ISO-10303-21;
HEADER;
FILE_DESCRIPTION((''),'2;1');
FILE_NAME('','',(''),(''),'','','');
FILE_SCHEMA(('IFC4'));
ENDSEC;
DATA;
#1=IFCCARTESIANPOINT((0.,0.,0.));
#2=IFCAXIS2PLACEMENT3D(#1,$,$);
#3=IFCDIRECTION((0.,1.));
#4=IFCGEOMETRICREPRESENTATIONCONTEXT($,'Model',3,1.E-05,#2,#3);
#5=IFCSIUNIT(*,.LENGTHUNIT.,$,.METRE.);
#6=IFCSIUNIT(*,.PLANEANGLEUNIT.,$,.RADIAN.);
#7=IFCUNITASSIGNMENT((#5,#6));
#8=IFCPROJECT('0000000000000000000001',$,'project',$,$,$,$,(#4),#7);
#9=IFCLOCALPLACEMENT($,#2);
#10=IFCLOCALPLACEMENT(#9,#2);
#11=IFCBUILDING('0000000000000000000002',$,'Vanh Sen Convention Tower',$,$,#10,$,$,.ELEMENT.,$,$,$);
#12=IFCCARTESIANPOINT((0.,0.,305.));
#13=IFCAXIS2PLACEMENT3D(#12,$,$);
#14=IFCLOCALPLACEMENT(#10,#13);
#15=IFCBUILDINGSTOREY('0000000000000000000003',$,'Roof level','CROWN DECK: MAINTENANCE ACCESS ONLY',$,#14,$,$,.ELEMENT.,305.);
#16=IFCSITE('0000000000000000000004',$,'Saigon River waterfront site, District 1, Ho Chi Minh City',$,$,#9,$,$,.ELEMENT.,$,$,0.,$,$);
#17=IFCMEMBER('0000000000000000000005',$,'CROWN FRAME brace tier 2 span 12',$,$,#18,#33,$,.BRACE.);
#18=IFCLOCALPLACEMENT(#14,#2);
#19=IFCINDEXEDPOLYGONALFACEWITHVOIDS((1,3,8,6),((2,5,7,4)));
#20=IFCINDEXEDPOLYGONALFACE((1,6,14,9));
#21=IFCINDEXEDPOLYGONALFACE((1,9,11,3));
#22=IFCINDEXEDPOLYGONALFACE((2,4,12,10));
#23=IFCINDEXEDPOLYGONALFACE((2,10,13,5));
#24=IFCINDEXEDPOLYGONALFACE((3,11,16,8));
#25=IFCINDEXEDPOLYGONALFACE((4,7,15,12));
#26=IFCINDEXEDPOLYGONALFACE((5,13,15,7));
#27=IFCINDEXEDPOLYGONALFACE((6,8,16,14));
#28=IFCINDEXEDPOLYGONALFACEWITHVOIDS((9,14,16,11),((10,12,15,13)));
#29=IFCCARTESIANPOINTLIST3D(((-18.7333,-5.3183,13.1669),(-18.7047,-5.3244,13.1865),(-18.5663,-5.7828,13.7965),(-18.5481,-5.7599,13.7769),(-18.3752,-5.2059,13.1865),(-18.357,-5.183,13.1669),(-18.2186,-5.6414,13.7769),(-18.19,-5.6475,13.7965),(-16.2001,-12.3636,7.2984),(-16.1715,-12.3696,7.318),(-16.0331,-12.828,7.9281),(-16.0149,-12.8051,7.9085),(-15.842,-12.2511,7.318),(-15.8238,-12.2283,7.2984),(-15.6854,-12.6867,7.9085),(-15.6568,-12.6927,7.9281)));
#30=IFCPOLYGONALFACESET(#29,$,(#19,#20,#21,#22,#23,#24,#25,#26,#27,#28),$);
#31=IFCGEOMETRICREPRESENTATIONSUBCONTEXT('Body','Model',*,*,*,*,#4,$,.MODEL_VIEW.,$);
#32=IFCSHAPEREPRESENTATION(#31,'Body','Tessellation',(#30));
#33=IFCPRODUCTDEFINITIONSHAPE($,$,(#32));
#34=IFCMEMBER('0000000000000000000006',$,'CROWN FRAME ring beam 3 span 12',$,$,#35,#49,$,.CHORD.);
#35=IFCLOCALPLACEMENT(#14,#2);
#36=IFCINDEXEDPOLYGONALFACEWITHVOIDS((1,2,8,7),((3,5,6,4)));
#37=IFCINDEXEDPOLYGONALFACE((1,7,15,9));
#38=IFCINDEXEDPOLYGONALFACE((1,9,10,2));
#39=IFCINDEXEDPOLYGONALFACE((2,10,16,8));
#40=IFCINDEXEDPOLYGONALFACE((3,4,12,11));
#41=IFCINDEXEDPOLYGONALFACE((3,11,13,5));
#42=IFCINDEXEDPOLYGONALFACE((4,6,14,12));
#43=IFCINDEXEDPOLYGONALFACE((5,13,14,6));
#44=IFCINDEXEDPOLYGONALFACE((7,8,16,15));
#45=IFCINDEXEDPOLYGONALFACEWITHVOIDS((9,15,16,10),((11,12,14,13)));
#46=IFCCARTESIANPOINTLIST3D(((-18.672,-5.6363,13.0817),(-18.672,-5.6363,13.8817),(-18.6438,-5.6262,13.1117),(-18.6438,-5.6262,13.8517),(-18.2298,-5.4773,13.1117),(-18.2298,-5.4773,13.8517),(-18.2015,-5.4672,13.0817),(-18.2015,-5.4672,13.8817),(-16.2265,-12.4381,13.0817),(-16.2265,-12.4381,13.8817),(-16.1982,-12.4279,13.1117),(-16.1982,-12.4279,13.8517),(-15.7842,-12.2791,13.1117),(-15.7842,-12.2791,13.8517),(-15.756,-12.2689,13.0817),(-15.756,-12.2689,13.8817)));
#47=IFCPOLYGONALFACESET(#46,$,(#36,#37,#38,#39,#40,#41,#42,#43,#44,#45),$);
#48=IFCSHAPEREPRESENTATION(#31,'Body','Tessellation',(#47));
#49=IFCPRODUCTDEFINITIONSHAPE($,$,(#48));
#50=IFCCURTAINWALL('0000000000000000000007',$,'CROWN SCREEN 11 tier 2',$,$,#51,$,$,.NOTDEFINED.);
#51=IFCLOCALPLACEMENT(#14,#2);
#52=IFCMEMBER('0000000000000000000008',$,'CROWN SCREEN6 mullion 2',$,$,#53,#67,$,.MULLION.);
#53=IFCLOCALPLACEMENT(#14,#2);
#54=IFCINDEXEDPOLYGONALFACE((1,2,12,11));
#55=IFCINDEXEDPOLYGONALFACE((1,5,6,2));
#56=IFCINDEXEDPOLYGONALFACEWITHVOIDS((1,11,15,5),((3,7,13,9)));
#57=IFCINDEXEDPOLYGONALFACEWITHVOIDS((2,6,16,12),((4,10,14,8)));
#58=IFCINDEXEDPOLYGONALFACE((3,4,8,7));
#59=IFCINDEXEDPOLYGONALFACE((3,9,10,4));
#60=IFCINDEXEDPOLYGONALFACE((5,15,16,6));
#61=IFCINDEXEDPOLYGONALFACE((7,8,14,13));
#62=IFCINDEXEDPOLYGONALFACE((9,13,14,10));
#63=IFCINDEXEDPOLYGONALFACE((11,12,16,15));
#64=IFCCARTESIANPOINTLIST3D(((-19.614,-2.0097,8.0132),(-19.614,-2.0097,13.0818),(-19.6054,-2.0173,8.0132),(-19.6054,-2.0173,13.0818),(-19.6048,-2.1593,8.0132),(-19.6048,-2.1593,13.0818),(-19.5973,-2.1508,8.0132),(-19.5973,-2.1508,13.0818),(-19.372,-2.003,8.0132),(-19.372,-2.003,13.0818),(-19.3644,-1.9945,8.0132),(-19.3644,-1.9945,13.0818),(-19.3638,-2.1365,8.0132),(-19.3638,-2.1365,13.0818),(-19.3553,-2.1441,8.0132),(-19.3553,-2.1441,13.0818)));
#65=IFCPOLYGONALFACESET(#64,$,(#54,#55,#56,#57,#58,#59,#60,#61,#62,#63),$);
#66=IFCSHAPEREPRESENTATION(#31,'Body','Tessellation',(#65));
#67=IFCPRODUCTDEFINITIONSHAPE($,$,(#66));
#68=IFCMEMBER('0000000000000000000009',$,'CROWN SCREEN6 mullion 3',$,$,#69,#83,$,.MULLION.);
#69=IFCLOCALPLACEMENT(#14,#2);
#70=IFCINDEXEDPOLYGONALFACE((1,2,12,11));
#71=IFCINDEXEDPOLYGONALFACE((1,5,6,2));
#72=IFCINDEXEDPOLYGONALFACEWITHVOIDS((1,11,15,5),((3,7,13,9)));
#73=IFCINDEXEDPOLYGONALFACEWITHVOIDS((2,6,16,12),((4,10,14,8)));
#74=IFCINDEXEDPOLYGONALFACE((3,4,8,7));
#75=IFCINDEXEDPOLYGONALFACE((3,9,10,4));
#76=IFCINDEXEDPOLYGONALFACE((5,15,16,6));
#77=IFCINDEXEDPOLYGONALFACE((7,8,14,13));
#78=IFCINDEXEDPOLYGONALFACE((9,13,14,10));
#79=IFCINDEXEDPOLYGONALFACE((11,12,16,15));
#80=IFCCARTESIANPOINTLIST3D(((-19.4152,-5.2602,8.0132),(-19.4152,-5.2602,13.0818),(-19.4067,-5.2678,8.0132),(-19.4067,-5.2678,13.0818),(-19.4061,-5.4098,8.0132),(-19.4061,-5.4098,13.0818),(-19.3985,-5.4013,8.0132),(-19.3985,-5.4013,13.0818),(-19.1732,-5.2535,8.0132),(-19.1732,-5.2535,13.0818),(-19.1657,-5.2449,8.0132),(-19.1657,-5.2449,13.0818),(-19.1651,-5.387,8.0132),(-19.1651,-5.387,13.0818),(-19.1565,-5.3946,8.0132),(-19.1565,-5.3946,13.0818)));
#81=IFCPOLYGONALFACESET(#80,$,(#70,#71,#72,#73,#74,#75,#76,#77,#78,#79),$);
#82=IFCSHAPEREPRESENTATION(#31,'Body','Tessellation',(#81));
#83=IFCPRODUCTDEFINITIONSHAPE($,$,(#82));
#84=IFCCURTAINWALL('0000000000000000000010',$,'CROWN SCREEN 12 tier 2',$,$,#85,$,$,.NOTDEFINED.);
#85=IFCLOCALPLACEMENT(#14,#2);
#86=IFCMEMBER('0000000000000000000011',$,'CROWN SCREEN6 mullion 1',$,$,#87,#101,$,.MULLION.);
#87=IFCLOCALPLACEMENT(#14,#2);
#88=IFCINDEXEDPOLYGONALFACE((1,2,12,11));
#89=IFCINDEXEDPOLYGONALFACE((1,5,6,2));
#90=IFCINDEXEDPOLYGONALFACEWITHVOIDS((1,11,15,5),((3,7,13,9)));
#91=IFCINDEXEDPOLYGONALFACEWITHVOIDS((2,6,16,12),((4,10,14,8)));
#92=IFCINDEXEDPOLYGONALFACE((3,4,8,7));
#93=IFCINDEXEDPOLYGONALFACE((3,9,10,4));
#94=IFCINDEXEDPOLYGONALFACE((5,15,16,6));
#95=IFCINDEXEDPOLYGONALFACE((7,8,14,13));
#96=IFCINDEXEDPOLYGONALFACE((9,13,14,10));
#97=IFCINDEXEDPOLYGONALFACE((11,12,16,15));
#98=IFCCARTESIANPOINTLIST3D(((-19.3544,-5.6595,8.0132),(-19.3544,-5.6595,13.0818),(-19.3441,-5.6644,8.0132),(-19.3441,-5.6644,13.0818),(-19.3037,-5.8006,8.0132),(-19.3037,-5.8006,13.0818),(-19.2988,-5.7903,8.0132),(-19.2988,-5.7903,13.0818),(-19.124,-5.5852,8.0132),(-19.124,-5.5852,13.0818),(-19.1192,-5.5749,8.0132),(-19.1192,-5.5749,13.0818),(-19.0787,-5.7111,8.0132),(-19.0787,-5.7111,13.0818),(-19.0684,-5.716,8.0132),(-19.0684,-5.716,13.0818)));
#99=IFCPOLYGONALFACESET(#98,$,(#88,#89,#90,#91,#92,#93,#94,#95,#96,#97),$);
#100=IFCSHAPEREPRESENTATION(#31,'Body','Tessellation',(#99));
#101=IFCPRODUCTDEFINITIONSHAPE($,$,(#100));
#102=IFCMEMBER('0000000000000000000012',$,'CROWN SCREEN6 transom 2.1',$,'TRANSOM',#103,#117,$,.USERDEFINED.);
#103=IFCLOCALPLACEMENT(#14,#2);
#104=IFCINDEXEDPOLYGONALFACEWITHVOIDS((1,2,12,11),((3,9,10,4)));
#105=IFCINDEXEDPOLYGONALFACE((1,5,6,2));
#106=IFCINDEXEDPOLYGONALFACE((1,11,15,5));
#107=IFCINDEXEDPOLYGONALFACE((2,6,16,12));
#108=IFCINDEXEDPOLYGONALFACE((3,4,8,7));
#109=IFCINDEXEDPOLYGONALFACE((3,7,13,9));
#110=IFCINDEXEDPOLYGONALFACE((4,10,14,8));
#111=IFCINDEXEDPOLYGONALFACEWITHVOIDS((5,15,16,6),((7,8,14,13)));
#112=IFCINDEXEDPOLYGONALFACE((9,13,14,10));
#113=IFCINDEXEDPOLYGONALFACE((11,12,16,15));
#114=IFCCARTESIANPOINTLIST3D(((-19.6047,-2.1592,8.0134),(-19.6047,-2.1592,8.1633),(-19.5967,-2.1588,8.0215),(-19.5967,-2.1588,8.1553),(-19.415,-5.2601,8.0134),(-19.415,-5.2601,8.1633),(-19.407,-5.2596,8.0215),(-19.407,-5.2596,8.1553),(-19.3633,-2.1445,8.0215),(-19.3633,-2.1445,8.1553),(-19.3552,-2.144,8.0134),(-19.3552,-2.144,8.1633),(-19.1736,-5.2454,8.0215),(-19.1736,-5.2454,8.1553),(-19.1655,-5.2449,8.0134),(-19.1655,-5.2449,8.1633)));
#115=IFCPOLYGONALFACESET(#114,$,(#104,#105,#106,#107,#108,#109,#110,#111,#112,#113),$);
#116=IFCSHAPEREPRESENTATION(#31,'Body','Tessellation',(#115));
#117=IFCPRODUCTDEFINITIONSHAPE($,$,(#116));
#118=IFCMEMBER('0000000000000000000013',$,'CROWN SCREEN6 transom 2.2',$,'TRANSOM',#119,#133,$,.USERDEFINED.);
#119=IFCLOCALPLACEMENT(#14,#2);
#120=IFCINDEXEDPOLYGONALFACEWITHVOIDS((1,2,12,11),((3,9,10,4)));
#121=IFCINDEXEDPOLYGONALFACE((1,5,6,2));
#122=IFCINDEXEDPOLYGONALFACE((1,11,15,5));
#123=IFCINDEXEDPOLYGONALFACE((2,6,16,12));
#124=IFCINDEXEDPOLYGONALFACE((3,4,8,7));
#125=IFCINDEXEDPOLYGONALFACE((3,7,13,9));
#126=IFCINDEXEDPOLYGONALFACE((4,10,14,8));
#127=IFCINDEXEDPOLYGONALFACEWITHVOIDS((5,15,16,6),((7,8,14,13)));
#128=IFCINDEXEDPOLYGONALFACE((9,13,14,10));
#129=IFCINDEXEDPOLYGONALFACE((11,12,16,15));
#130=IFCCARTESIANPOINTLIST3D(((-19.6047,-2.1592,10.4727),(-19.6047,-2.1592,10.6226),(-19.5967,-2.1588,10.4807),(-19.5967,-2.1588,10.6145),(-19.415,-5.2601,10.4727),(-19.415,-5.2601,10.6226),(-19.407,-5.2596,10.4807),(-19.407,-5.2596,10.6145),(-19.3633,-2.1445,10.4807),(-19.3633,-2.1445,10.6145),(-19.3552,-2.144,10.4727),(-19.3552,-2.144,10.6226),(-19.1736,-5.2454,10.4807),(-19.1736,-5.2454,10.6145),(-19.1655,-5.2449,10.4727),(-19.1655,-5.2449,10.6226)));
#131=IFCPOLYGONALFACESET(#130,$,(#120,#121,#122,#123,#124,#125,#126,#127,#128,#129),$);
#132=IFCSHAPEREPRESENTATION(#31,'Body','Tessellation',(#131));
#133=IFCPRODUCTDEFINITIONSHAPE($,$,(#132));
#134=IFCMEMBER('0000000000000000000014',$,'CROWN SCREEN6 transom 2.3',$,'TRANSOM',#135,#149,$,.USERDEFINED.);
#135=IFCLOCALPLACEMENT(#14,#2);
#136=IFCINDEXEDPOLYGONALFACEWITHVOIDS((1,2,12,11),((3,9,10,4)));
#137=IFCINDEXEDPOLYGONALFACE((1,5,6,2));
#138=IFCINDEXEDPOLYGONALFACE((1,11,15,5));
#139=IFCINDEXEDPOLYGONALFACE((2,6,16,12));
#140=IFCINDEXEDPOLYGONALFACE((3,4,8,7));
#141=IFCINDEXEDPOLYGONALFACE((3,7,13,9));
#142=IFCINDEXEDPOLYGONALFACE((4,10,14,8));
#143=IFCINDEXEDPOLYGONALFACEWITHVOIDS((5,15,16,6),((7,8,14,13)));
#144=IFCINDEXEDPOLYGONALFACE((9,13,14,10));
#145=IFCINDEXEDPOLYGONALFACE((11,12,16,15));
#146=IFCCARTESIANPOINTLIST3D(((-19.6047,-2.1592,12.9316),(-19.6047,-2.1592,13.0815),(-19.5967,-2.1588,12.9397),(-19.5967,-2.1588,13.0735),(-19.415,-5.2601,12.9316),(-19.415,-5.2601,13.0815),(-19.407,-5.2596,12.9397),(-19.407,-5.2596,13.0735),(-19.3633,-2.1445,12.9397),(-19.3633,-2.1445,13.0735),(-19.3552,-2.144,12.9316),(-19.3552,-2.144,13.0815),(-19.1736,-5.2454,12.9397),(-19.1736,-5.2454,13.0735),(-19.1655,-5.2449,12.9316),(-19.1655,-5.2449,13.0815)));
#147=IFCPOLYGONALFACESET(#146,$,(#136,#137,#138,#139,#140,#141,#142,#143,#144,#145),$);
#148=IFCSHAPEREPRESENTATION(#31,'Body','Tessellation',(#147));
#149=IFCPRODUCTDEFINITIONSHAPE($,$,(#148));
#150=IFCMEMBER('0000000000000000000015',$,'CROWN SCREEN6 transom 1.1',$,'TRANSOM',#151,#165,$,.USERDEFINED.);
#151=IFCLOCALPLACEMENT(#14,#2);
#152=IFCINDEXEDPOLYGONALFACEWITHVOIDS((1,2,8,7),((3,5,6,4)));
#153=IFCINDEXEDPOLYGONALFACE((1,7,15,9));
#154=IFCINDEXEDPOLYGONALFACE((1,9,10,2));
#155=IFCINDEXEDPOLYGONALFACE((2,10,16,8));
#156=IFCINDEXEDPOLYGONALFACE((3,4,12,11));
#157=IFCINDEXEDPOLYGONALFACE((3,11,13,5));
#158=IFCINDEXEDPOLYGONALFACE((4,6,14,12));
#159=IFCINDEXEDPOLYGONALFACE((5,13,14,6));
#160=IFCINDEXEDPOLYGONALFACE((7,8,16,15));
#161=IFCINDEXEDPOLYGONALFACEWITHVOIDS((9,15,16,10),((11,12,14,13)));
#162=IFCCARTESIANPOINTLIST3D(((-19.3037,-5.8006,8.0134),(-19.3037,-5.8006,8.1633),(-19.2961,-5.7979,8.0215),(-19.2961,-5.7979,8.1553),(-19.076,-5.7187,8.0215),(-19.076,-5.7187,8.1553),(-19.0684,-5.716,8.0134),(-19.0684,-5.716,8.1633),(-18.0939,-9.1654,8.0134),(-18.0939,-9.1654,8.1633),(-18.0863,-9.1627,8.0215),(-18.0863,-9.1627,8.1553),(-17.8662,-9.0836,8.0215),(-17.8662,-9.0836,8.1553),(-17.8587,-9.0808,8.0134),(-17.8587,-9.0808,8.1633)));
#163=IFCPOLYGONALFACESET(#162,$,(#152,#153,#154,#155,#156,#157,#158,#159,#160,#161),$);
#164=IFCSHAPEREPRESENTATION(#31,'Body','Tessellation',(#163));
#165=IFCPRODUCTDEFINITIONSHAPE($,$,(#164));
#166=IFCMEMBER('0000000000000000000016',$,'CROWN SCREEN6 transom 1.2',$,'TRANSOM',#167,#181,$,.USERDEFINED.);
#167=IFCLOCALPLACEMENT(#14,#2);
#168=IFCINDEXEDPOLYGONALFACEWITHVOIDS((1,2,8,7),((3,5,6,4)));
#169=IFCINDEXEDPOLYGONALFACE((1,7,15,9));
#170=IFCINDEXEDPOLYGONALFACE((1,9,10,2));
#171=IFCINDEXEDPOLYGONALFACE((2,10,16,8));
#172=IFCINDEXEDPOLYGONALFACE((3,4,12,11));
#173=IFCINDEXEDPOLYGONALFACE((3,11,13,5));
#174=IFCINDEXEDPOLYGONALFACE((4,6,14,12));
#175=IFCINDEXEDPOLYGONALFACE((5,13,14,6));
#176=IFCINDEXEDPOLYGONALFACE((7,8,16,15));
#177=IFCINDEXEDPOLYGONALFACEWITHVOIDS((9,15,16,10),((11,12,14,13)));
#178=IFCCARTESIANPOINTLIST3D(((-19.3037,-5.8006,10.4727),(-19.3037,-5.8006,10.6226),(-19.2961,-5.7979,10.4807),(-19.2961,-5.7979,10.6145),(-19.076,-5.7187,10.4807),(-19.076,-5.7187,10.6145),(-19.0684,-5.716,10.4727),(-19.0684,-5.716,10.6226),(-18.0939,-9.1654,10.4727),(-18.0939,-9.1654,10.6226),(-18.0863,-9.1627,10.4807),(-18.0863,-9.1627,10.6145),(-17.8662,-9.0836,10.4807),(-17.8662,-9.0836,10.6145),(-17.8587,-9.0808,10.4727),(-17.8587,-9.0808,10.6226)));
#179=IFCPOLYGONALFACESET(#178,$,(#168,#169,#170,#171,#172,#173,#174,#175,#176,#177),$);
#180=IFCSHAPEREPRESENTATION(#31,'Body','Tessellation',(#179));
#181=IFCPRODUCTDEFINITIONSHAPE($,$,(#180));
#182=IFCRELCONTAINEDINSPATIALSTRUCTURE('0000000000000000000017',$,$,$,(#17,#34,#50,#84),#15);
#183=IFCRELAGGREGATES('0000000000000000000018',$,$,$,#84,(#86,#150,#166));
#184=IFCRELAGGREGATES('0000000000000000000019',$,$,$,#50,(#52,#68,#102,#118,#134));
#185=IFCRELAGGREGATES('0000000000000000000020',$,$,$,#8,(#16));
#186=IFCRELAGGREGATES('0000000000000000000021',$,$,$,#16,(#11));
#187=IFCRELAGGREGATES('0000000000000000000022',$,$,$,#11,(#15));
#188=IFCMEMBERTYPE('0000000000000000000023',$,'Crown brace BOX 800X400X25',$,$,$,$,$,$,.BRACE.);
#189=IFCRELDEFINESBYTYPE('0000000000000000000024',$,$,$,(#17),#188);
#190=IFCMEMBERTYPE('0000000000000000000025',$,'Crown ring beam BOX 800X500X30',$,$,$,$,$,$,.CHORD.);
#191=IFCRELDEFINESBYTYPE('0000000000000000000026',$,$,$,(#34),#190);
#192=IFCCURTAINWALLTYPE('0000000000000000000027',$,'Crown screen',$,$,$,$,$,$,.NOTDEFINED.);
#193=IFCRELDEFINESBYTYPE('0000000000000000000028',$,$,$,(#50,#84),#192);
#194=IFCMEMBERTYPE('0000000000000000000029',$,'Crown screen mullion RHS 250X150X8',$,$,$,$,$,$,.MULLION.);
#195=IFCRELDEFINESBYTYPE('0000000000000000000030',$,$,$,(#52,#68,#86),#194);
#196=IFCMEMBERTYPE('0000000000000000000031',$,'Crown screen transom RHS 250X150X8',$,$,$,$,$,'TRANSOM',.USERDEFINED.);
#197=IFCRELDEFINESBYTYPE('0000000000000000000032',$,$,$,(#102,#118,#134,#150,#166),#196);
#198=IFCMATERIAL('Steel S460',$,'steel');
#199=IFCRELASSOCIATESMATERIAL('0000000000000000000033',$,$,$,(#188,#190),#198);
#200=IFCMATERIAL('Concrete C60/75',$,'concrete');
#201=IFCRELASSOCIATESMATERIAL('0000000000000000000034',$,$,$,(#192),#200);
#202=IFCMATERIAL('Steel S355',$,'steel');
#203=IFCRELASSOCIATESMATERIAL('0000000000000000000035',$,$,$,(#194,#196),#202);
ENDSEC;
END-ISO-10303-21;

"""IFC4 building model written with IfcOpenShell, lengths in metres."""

from ifc_helpers import new_model, si_unit, direction, frame, origin, origin_2d, place, context, subcontext, project, spatial, hollow_rectangle, extrude, material, material_profile, profile_set, type_object, element, aggregate, save


model = new_model("IFC4")

# Units and contexts
model_context = context("Model", 3, precision=1e-05, world=origin(), true_north=direction((0.0, 1.0)))
body_context = subcontext(model_context, "Body", "Model", "MODEL_VIEW")
ifc_project = project(units=[si_unit("LENGTHUNIT", "METRE"), si_unit("PLANEANGLEUNIT", "RADIAN")], contexts=[model_context])

# Site, building, storey
site_placement = place(None, origin())
site = spatial("IfcSite", under=ifc_project, at=site_placement, Name="Saigon River waterfront site, District 1, Ho Chi Minh City", CompositionType="ELEMENT", RefElevation=0.0)
building_placement = place(site_placement, origin())
building = spatial("IfcBuilding", under=site, at=building_placement, Name="Vanh Sen Convention Tower", CompositionType="ELEMENT")
storey_placement = place(building_placement, frame((0.0, 0.0, 305.0)))
storey = spatial("IfcBuildingStorey", under=building, at=storey_placement, Name="Roof level", Description="CROWN DECK: MAINTENANCE ACCESS ONLY", CompositionType="ELEMENT", Elevation=305.0)

# Members
ifc_material_1 = material(Name="Steel S460", Category="steel")
ifc_material_profile_1 = material_profile(ifc_material_1, hollow_rectangle(XDim=0.3999, YDim=0.8, WallThickness=0.0249, at=origin_2d()), Name="BOX 800X400X25")
ifc_profile_set_1 = profile_set([ifc_material_profile_1], Name="Steel S460")
member_type_1 = type_object("IfcMemberType", Name="Crown brace BOX 800X400X25", PredefinedType="BRACE", material=ifc_profile_set_1)
member_1_placement = place(storey_placement, frame((-18.4617, -5.4829, 13.4817), z_axis=(0.2663, -0.740614, -0.616908), x_axis=(0.941017, 0.338358, 0.0)))
element("IfcMember", 1, at=member_1_placement, inside=storey, type_object=member_type_1, Name="CROWN FRAME brace tier 2 span 12", PredefinedType="BRACE", context=body_context, shape_type="SweptSolid", body=[
    extrude(hollow_rectangle(XDim=0.3999, YDim=0.8, WallThickness=0.0249, at=origin_2d()), origin(), (0.0, 0.0, 1.0), 9.5127),
])
ifc_material_profile_2 = material_profile(ifc_material_1, hollow_rectangle(XDim=0.5, YDim=0.8, WallThickness=0.03, at=origin_2d()), Name="BOX 800X500X30")
ifc_profile_set_2 = profile_set([ifc_material_profile_2], Name="Steel S460")
member_type_2 = type_object("IfcMemberType", Name="Crown ring beam BOX 800X500X30", PredefinedType="CHORD", material=ifc_profile_set_2)
member_2_placement = place(storey_placement, frame((-18.4368, -5.5518, 13.4817), z_axis=(0.338343, -0.941023, 0.0), x_axis=(0.941023, 0.338343, 0.0)))
element("IfcMember", 2, at=member_2_placement, inside=storey, type_object=member_type_2, Name="CROWN FRAME ring beam 3 span 12", PredefinedType="CHORD", context=body_context, shape_type="SweptSolid", body=[
    extrude(hollow_rectangle(XDim=0.5, YDim=0.8, WallThickness=0.03, at=origin_2d()), origin(), (0.0, 0.0, 1.0), 7.228),
])

# Curtain wall, members
ifc_material_2 = material(Name="Concrete C60/75", Category="concrete")
curtain_wall_type = type_object("IfcCurtainWallType", Name="Crown screen", PredefinedType="NOTDEFINED", material=ifc_material_2)
curtain_wall_1_placement = place(storey_placement, origin())
curtain_wall_1 = element("IfcCurtainWall", 3, at=curtain_wall_1_placement, inside=storey, type_object=curtain_wall_type, Name="CROWN SCREEN 11 tier 2", PredefinedType="NOTDEFINED")
ifc_material_3 = material(Name="Steel S355", Category="steel")
ifc_material_profile_3 = material_profile(ifc_material_3, hollow_rectangle(XDim=0.25, YDim=0.1499, WallThickness=0.0081, at=origin_2d()), Name="RHS 250X150X8")
ifc_profile_set_3 = profile_set([ifc_material_profile_3], Name="Steel S355")
member_type_3 = type_object("IfcMemberType", Name="Crown screen mullion RHS 250X150X8", PredefinedType="MULLION", material=ifc_profile_set_3)
member_3_placement = place(storey_placement, frame((-19.4846, -2.0769, 8.0132), z_axis=(0.0, 0.0, 1.0), x_axis=(0.998135, 0.061051, 0.0)))
member_3 = element("IfcMember", 4, at=member_3_placement, type_object=member_type_3, Name="CROWN SCREEN6 mullion 2", PredefinedType="MULLION", context=body_context, shape_type="SweptSolid", body=[
    extrude(hollow_rectangle(XDim=0.25, YDim=0.1499, WallThickness=0.0081, at=origin_2d()), origin(), (0.0, 0.0, 1.0), 5.0686),
])
member_4_placement = place(storey_placement, frame((-19.2859, -5.3274, 8.0132), z_axis=(0.0, 0.0, 1.0), x_axis=(0.998135, 0.061051, 0.0)))
member_4 = element("IfcMember", 5, at=member_4_placement, type_object=member_type_3, Name="CROWN SCREEN6 mullion 3", PredefinedType="MULLION", context=body_context, shape_type="SweptSolid", body=[
    extrude(hollow_rectangle(XDim=0.25, YDim=0.1499, WallThickness=0.0081, at=origin_2d()), origin(), (0.0, 0.0, 1.0), 5.0686),
])

# Curtain wall, member
curtain_wall_2_placement = place(storey_placement, origin())
curtain_wall_2 = element("IfcCurtainWall", 6, at=curtain_wall_2_placement, inside=storey, type_object=curtain_wall_type, Name="CROWN SCREEN 12 tier 2", PredefinedType="NOTDEFINED")
member_5_placement = place(storey_placement, frame((-19.2114, -5.6877, 8.0132), z_axis=(0.0, 0.0, 1.0), x_axis=(0.941021, 0.338349, 0.0)))
member_5 = element("IfcMember", 7, at=member_5_placement, type_object=member_type_3, Name="CROWN SCREEN6 mullion 1", PredefinedType="MULLION", context=body_context, shape_type="SweptSolid", body=[
    extrude(hollow_rectangle(XDim=0.25, YDim=0.1499, WallThickness=0.0081, at=origin_2d()), origin(), (0.0, 0.0, 1.0), 5.0686),
])

# Members
ifc_material_profile_4 = material_profile(ifc_material_3, hollow_rectangle(XDim=0.25, YDim=0.1499, WallThickness=0.0081, at=origin_2d()), Name="RHS 250X150X8")
ifc_profile_set_4 = profile_set([ifc_material_profile_4], Name="Steel S355")
member_type_4 = type_object("IfcMemberType", Name="Crown screen transom RHS 250X150X8", ElementType="TRANSOM", PredefinedType="USERDEFINED", material=ifc_profile_set_4)
member_6_placement = place(storey_placement, frame((-19.48, -2.1516, 8.0884), z_axis=(0.061062, -0.998134, 0.0), x_axis=(0.998134, 0.061062, 0.0)))
member_6 = element("IfcMember", 8, at=member_6_placement, type_object=member_type_4, Name="CROWN SCREEN6 transom 2.1", ObjectType="TRANSOM", PredefinedType="USERDEFINED", context=body_context, shape_type="SweptSolid", body=[
    extrude(hollow_rectangle(XDim=0.25, YDim=0.1499, WallThickness=0.0081, at=origin_2d()), origin(), (0.0, 0.0, 1.0), 3.1067),
])
member_7_placement = place(storey_placement, frame((-19.48, -2.1516, 10.5476), z_axis=(0.061062, -0.998134, 0.0), x_axis=(0.998134, 0.061062, 0.0)))
member_7 = element("IfcMember", 9, at=member_7_placement, type_object=member_type_4, Name="CROWN SCREEN6 transom 2.2", ObjectType="TRANSOM", PredefinedType="USERDEFINED", context=body_context, shape_type="SweptSolid", body=[
    extrude(hollow_rectangle(XDim=0.25, YDim=0.1499, WallThickness=0.0081, at=origin_2d()), origin(), (0.0, 0.0, 1.0), 3.1067),
])
member_8_placement = place(storey_placement, frame((-19.48, -2.1516, 13.0066), z_axis=(0.061062, -0.998134, 0.0), x_axis=(0.998134, 0.061062, 0.0)))
member_8 = element("IfcMember", 10, at=member_8_placement, type_object=member_type_4, Name="CROWN SCREEN6 transom 2.3", ObjectType="TRANSOM", PredefinedType="USERDEFINED", context=body_context, shape_type="SweptSolid", body=[
    extrude(hollow_rectangle(XDim=0.25, YDim=0.1499, WallThickness=0.0081, at=origin_2d()), origin(), (0.0, 0.0, 1.0), 3.1067),
])
member_9_placement = place(storey_placement, frame((-19.186, -5.7583, 8.0884), z_axis=(0.338325, -0.941029, 0.0), x_axis=(0.941029, 0.338325, 0.0)))
member_9 = element("IfcMember", 11, at=member_9_placement, type_object=member_type_4, Name="CROWN SCREEN6 transom 1.1", ObjectType="TRANSOM", PredefinedType="USERDEFINED", context=body_context, shape_type="SweptSolid", body=[
    extrude(hollow_rectangle(XDim=0.25, YDim=0.1499, WallThickness=0.0081, at=origin_2d()), origin(), (0.0, 0.0, 1.0), 3.5757),
])
member_10_placement = place(storey_placement, frame((-19.186, -5.7583, 10.5476), z_axis=(0.338325, -0.941029, 0.0), x_axis=(0.941029, 0.338325, 0.0)))
member_10 = element("IfcMember", 12, at=member_10_placement, type_object=member_type_4, Name="CROWN SCREEN6 transom 1.2", ObjectType="TRANSOM", PredefinedType="USERDEFINED", context=body_context, shape_type="SweptSolid", body=[
    extrude(hollow_rectangle(XDim=0.25, YDim=0.1499, WallThickness=0.0081, at=origin_2d()), origin(), (0.0, 0.0, 1.0), 3.5757),
])
aggregate(curtain_wall_2, [member_5, member_9, member_10])

aggregate(curtain_wall_1, [member_3, member_4, member_6, member_7, member_8])

save(model, "model.ifc")
